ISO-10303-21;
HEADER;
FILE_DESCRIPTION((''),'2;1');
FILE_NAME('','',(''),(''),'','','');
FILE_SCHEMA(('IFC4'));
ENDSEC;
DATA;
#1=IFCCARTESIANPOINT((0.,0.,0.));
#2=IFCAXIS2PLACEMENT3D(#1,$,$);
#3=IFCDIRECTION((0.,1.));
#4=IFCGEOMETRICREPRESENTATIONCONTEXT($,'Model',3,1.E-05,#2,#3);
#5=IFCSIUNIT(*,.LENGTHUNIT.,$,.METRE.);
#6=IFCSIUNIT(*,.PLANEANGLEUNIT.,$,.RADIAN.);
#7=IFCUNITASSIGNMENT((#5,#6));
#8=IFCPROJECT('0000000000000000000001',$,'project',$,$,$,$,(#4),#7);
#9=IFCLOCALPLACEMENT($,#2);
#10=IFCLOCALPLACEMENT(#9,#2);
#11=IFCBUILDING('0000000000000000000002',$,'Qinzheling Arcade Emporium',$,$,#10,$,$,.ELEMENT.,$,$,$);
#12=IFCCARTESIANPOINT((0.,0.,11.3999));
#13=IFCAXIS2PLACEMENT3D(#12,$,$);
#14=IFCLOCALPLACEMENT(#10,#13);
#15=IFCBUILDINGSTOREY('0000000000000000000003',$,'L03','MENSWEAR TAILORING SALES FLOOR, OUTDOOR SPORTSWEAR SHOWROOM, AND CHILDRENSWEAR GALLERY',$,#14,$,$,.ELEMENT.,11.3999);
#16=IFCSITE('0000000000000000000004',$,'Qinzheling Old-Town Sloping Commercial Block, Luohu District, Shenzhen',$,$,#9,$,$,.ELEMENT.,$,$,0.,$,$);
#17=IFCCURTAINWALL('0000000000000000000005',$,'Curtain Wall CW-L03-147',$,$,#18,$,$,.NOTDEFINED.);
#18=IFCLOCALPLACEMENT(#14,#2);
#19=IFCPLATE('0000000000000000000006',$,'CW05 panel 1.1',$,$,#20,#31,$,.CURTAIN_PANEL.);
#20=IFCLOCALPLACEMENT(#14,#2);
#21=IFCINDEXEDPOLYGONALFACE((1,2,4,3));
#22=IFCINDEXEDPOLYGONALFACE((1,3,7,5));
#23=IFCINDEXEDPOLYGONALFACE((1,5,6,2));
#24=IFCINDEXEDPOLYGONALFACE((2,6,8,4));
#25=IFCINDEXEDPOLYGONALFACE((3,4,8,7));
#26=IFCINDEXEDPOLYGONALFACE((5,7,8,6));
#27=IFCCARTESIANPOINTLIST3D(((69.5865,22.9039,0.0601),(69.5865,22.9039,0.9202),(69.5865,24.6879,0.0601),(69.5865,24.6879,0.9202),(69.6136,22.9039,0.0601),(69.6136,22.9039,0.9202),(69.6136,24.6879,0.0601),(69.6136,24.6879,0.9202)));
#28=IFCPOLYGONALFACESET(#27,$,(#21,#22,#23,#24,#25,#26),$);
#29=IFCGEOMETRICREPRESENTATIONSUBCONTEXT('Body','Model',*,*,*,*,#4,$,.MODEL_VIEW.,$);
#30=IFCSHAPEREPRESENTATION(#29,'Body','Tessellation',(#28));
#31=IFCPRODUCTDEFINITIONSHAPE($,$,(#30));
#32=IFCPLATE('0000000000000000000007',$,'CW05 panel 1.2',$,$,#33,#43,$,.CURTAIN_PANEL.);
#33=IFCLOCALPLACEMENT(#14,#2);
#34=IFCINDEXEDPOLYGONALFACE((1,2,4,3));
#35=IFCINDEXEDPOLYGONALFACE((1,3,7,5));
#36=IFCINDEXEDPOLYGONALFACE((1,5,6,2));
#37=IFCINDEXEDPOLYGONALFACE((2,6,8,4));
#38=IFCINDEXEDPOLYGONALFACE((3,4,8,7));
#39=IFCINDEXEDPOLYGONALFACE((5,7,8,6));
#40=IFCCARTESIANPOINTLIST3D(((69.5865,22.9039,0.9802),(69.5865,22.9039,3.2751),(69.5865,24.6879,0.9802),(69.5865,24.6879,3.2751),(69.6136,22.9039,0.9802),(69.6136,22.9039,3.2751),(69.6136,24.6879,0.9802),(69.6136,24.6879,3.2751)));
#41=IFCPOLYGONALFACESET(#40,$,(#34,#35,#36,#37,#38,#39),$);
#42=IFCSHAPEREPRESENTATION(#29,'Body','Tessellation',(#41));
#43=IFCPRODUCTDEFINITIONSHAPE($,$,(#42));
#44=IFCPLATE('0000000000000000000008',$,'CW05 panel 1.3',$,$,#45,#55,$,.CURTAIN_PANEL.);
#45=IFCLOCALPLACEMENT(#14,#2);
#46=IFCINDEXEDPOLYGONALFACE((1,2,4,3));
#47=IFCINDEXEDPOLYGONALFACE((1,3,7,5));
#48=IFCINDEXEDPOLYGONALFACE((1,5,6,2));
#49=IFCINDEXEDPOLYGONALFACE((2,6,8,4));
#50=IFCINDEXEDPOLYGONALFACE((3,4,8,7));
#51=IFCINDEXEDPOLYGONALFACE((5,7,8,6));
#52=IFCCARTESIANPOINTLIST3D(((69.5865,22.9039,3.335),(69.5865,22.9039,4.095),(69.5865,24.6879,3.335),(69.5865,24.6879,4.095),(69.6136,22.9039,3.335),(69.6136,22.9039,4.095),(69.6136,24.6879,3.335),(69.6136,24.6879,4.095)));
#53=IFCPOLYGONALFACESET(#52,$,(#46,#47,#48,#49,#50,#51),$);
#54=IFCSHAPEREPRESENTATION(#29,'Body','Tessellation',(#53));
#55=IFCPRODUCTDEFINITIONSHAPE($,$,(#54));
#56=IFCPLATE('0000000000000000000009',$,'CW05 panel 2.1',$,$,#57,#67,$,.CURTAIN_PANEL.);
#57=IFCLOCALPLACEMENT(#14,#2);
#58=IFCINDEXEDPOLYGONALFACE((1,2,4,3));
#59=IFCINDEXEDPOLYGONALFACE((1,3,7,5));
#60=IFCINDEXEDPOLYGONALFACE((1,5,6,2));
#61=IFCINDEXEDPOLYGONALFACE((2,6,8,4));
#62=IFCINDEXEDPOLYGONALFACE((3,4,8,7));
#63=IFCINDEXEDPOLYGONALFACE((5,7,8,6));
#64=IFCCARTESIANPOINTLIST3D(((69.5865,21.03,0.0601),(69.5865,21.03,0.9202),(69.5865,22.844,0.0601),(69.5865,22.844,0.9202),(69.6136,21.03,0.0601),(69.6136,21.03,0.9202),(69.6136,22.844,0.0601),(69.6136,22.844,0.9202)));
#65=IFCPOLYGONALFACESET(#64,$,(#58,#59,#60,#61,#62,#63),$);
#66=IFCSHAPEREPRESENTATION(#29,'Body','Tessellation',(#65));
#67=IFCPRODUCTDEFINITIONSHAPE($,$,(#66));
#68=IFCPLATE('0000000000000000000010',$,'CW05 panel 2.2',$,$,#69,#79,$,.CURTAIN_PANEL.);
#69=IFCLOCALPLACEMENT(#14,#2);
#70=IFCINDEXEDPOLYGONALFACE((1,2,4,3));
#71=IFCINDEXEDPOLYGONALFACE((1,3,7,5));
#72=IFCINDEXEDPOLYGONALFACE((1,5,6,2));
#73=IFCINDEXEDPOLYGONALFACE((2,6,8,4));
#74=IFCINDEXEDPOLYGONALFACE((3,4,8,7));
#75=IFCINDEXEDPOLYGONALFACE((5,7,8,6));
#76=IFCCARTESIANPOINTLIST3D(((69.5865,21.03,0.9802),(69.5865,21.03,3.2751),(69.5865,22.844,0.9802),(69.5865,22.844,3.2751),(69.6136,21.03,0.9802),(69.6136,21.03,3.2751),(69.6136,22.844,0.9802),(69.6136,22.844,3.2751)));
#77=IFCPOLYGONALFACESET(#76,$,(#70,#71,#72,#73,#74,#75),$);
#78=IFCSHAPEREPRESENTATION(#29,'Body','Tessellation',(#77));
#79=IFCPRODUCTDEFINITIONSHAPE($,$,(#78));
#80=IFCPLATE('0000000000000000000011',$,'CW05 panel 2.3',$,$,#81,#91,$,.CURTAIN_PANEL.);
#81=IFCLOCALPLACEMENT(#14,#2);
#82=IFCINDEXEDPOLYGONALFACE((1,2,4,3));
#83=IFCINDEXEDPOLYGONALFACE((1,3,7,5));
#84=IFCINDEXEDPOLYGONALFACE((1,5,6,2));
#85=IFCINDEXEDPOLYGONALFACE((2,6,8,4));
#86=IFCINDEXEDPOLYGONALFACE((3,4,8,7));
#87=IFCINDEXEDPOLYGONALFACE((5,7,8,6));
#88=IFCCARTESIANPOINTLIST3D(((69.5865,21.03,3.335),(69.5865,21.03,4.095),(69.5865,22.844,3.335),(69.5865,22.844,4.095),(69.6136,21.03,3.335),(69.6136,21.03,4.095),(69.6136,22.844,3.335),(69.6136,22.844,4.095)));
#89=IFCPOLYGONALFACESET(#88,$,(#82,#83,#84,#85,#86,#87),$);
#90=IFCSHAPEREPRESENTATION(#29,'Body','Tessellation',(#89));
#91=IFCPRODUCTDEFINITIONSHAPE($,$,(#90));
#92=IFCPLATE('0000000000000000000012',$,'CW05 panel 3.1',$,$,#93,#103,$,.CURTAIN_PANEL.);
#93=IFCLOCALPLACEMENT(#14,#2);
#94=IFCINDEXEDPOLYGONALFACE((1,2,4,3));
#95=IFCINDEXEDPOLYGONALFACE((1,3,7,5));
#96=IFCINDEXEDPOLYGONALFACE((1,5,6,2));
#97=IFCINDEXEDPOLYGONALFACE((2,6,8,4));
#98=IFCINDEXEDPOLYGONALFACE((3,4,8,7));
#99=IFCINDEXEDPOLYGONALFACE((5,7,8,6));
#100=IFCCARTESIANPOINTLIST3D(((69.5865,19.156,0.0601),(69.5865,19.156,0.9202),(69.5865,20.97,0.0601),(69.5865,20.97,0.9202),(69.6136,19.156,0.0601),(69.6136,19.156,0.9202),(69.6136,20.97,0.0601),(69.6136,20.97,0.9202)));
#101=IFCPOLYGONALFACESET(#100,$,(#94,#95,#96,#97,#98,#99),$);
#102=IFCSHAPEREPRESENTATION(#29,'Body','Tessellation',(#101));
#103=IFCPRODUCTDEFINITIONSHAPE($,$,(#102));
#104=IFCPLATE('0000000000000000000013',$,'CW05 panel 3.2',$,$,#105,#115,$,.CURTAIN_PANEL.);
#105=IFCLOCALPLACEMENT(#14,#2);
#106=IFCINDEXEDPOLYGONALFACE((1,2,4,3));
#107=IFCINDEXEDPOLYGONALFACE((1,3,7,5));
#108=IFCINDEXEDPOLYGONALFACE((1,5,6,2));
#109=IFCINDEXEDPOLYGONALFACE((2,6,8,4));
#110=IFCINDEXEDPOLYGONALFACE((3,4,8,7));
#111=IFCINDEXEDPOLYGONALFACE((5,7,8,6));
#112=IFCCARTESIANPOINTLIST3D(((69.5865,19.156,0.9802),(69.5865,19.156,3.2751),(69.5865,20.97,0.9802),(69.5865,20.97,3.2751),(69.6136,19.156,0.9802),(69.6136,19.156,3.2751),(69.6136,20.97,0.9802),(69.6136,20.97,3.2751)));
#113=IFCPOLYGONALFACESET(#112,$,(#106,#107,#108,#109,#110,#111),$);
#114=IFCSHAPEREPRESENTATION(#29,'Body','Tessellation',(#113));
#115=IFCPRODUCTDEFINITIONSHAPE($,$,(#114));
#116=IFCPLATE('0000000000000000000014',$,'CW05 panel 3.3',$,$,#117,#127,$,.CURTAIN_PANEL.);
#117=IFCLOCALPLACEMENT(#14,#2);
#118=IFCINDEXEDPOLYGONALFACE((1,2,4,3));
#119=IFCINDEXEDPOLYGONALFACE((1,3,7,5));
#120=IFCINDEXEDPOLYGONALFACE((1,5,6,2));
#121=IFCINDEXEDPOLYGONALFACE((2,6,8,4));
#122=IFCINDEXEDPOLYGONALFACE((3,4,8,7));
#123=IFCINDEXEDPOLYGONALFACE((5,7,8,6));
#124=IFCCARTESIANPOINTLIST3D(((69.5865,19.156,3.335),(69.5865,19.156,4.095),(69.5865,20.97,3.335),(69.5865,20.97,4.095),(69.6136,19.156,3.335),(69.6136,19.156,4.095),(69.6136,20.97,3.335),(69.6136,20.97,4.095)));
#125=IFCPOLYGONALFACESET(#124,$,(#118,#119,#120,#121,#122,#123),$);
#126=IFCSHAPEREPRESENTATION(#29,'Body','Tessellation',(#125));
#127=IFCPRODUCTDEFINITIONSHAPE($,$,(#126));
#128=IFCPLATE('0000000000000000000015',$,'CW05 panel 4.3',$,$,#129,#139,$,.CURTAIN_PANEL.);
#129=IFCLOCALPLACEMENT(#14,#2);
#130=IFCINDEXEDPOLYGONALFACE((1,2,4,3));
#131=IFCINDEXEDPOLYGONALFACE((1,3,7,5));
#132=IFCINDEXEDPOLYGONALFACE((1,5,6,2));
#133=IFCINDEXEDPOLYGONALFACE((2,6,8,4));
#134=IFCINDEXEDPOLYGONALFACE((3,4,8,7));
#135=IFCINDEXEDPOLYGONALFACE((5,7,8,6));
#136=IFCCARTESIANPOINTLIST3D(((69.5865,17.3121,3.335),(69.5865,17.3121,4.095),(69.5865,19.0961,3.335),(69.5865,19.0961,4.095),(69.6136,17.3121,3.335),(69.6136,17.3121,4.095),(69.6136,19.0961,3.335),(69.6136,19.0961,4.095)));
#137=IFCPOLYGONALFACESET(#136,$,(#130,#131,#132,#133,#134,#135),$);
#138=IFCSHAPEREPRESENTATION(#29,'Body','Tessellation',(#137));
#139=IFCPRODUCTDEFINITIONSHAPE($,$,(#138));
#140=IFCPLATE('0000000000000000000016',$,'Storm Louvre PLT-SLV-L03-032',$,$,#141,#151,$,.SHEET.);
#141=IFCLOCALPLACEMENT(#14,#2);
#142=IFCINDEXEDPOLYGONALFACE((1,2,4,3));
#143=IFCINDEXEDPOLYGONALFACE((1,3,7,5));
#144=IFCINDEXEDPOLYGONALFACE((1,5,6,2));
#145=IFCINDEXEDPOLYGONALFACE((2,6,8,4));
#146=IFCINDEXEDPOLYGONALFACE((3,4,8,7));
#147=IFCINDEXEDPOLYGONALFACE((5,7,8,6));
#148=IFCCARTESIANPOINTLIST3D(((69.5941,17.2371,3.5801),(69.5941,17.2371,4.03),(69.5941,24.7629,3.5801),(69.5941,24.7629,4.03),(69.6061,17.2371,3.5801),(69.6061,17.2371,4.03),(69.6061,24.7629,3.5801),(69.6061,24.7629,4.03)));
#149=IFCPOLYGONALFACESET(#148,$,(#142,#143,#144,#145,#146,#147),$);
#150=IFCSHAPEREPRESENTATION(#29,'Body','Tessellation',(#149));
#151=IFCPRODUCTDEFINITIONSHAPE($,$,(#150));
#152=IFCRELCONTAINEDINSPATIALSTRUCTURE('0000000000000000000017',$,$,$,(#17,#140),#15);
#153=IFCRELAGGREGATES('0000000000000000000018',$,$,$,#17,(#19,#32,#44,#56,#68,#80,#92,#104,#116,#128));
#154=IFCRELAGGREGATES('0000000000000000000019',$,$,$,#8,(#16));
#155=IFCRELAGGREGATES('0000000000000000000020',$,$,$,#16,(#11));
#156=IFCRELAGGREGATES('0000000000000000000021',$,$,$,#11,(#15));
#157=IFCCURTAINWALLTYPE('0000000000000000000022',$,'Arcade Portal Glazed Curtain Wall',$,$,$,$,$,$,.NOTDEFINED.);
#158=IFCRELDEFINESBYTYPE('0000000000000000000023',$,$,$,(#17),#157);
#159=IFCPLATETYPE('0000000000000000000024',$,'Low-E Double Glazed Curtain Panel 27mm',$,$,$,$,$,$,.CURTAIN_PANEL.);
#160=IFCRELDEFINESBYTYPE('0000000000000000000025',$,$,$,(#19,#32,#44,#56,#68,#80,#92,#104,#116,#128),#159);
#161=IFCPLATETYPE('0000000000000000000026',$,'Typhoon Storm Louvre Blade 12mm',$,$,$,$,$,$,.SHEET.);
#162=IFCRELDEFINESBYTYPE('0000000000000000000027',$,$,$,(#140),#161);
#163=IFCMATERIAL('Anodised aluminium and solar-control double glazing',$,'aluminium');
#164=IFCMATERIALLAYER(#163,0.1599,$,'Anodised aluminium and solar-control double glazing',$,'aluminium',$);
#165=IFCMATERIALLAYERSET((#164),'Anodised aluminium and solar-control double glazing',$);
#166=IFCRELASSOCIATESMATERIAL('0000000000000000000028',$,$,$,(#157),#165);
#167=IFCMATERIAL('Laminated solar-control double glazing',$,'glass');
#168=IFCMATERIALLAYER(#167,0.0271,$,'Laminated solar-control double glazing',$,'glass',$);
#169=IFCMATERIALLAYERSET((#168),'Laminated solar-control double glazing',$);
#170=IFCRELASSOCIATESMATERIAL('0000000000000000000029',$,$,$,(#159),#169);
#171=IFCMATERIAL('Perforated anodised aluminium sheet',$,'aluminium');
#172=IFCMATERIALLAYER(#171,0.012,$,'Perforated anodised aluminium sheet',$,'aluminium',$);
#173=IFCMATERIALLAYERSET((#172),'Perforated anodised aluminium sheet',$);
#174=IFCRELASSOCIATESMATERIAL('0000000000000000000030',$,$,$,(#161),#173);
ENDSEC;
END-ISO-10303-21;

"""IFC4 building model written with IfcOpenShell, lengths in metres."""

from ifc_helpers import new_model, si_unit, direction, frame, origin, origin_2d, place, context, subcontext, project, spatial, rectangle, extrude, material, layer, layer_set, type_object, element, aggregate, save


model = new_model("IFC4")

# Units and contexts
model_context = context("Model", 3, precision=1e-05, world=origin(), true_north=direction((0.0, 1.0)))
body_context = subcontext(model_context, "Body", "Model", "MODEL_VIEW")
ifc_project = project(units=[si_unit("LENGTHUNIT", "METRE"), si_unit("PLANEANGLEUNIT", "RADIAN")], contexts=[model_context])

# Site, building, storey
site_placement = place(None, origin())
site = spatial("IfcSite", under=ifc_project, at=site_placement, Name="Qinzheling Old-Town Sloping Commercial Block, Luohu District, Shenzhen", CompositionType="ELEMENT", RefElevation=0.0)
building_placement = place(site_placement, origin())
building = spatial("IfcBuilding", under=site, at=building_placement, Name="Qinzheling Arcade Emporium", CompositionType="ELEMENT")
storey_placement = place(building_placement, frame((0.0, 0.0, 11.3999)))
storey = spatial("IfcBuildingStorey", under=building, at=storey_placement, Name="L03", Description="MENSWEAR TAILORING SALES FLOOR, OUTDOOR SPORTSWEAR SHOWROOM, AND CHILDRENSWEAR GALLERY", CompositionType="ELEMENT", Elevation=11.3999)

# Shared definitions
ifc_material_1 = material(Name="Anodised aluminium and solar-control double glazing", Category="aluminium")
ifc_layer_1 = layer(ifc_material_1, 0.1599, Name="Anodised aluminium and solar-control double glazing", Category="aluminium")
ifc_layer_set_1 = layer_set([ifc_layer_1], Name="Anodised aluminium and solar-control double glazing")
curtain_wall_type = type_object("IfcCurtainWallType", Name="Arcade Portal Glazed Curtain Wall", PredefinedType="NOTDEFINED", material=ifc_layer_set_1)

# Curtain wall
curtain_wall_1_placement = place(storey_placement, origin())
curtain_wall_1 = element("IfcCurtainWall", 1, at=curtain_wall_1_placement, inside=storey, type_object=curtain_wall_type, Name="Curtain Wall CW-L03-147", PredefinedType="NOTDEFINED")

# Plates
ifc_material_2 = material(Name="Laminated solar-control double glazing", Category="glass")
ifc_layer_2 = layer(ifc_material_2, 0.0271, Name="Laminated solar-control double glazing", Category="glass")
ifc_layer_set_2 = layer_set([ifc_layer_2], Name="Laminated solar-control double glazing")
plate_type_1 = type_object("IfcPlateType", Name="Low-E Double Glazed Curtain Panel 27mm", PredefinedType="CURTAIN_PANEL", material=ifc_layer_set_2)
plate_1_placement = place(storey_placement, frame((69.6001, 23.7959, 0.0601), z_axis=(0.0, 0.0, 1.0), x_axis=(0.0, -1.0, 0.0)))
plate_1 = element("IfcPlate", 2, at=plate_1_placement, type_object=plate_type_1, Name="CW05 panel 1.1", PredefinedType="CURTAIN_PANEL", context=body_context, shape_type="SweptSolid", body=[
    extrude(rectangle(XDim=1.7839, YDim=0.0271, at=origin_2d()), origin(), (0.0, 0.0, 1.0), 0.8601),
])
plate_2_placement = place(storey_placement, frame((69.6001, 23.7959, 0.9802), z_axis=(0.0, 0.0, 1.0), x_axis=(0.0, -1.0, 0.0)))
plate_2 = element("IfcPlate", 3, at=plate_2_placement, type_object=plate_type_1, Name="CW05 panel 1.2", PredefinedType="CURTAIN_PANEL", context=body_context, shape_type="SweptSolid", body=[
    extrude(rectangle(XDim=1.7839, YDim=0.0271, at=origin_2d()), origin(), (0.0, 0.0, 1.0), 2.2949),
])
plate_3_placement = place(storey_placement, frame((69.6001, 23.7959, 3.335), z_axis=(0.0, 0.0, 1.0), x_axis=(0.0, -1.0, 0.0)))
plate_3 = element("IfcPlate", 4, at=plate_3_placement, type_object=plate_type_1, Name="CW05 panel 1.3", PredefinedType="CURTAIN_PANEL", context=body_context, shape_type="SweptSolid", body=[
    extrude(rectangle(XDim=1.7839, YDim=0.0271, at=origin_2d()), origin(), (0.0, 0.0, 1.0), 0.76),
])
plate_4_placement = place(storey_placement, frame((69.6001, 21.937, 0.0601), z_axis=(0.0, 0.0, 1.0), x_axis=(0.0, -1.0, 0.0)))
plate_4 = element("IfcPlate", 5, at=plate_4_placement, type_object=plate_type_1, Name="CW05 panel 2.1", PredefinedType="CURTAIN_PANEL", context=body_context, shape_type="SweptSolid", body=[
    extrude(rectangle(XDim=1.814, YDim=0.0271, at=origin_2d()), origin(), (0.0, 0.0, 1.0), 0.8601),
])
plate_5_placement = place(storey_placement, frame((69.6001, 21.937, 0.9802), z_axis=(0.0, 0.0, 1.0), x_axis=(0.0, -1.0, 0.0)))
plate_5 = element("IfcPlate", 6, at=plate_5_placement, type_object=plate_type_1, Name="CW05 panel 2.2", PredefinedType="CURTAIN_PANEL", context=body_context, shape_type="SweptSolid", body=[
    extrude(rectangle(XDim=1.814, YDim=0.0271, at=origin_2d()), origin(), (0.0, 0.0, 1.0), 2.2949),
])
plate_6_placement = place(storey_placement, frame((69.6001, 21.937, 3.335), z_axis=(0.0, 0.0, 1.0), x_axis=(0.0, -1.0, 0.0)))
plate_6 = element("IfcPlate", 7, at=plate_6_placement, type_object=plate_type_1, Name="CW05 panel 2.3", PredefinedType="CURTAIN_PANEL", context=body_context, shape_type="SweptSolid", body=[
    extrude(rectangle(XDim=1.814, YDim=0.0271, at=origin_2d()), origin(), (0.0, 0.0, 1.0), 0.76),
])
plate_7_placement = place(storey_placement, frame((69.6001, 20.063, 0.0601), z_axis=(0.0, 0.0, 1.0), x_axis=(0.0, -1.0, 0.0)))
plate_7 = element("IfcPlate", 8, at=plate_7_placement, type_object=plate_type_1, Name="CW05 panel 3.1", PredefinedType="CURTAIN_PANEL", context=body_context, shape_type="SweptSolid", body=[
    extrude(rectangle(XDim=1.814, YDim=0.0271, at=origin_2d()), origin(), (0.0, 0.0, 1.0), 0.8601),
])
plate_8_placement = place(storey_placement, frame((69.6001, 20.063, 0.9802), z_axis=(0.0, 0.0, 1.0), x_axis=(0.0, -1.0, 0.0)))
plate_8 = element("IfcPlate", 9, at=plate_8_placement, type_object=plate_type_1, Name="CW05 panel 3.2", PredefinedType="CURTAIN_PANEL", context=body_context, shape_type="SweptSolid", body=[
    extrude(rectangle(XDim=1.814, YDim=0.0271, at=origin_2d()), origin(), (0.0, 0.0, 1.0), 2.2949),
])
plate_9_placement = place(storey_placement, frame((69.6001, 20.063, 3.335), z_axis=(0.0, 0.0, 1.0), x_axis=(0.0, -1.0, 0.0)))
plate_9 = element("IfcPlate", 10, at=plate_9_placement, type_object=plate_type_1, Name="CW05 panel 3.3", PredefinedType="CURTAIN_PANEL", context=body_context, shape_type="SweptSolid", body=[
    extrude(rectangle(XDim=1.814, YDim=0.0271, at=origin_2d()), origin(), (0.0, 0.0, 1.0), 0.76),
])
plate_10_placement = place(storey_placement, frame((69.6001, 18.2041, 3.335), z_axis=(0.0, 0.0, 1.0), x_axis=(0.0, -1.0, 0.0)))
plate_10 = element("IfcPlate", 11, at=plate_10_placement, type_object=plate_type_1, Name="CW05 panel 4.3", PredefinedType="CURTAIN_PANEL", context=body_context, shape_type="SweptSolid", body=[
    extrude(rectangle(XDim=1.7839, YDim=0.0271, at=origin_2d()), origin(), (0.0, 0.0, 1.0), 0.76),
])
aggregate(curtain_wall_1, [plate_1, plate_2, plate_3, plate_4, plate_5, plate_6, plate_7, plate_8, plate_9, plate_10])
ifc_material_3 = material(Name="Perforated anodised aluminium sheet", Category="aluminium")
ifc_layer_3 = layer(ifc_material_3, 0.012, Name="Perforated anodised aluminium sheet", Category="aluminium")
ifc_layer_set_3 = layer_set([ifc_layer_3], Name="Perforated anodised aluminium sheet")
plate_type_2 = type_object("IfcPlateType", Name="Typhoon Storm Louvre Blade 12mm", PredefinedType="SHEET", material=ifc_layer_set_3)
plate_11_placement = place(storey_placement, frame((69.6001, 21.0, 3.5801), z_axis=(0.0, 0.0, 1.0), x_axis=(0.0, -1.0, 0.0)))
element("IfcPlate", 12, at=plate_11_placement, inside=storey, type_object=plate_type_2, Name="Storm Louvre PLT-SLV-L03-032", PredefinedType="SHEET", context=body_context, shape_type="SweptSolid", body=[
    extrude(rectangle(XDim=7.5259, YDim=0.012, at=origin_2d()), origin(), (0.0, 0.0, 1.0), 0.45),
])

save(model, "model.ifc")
